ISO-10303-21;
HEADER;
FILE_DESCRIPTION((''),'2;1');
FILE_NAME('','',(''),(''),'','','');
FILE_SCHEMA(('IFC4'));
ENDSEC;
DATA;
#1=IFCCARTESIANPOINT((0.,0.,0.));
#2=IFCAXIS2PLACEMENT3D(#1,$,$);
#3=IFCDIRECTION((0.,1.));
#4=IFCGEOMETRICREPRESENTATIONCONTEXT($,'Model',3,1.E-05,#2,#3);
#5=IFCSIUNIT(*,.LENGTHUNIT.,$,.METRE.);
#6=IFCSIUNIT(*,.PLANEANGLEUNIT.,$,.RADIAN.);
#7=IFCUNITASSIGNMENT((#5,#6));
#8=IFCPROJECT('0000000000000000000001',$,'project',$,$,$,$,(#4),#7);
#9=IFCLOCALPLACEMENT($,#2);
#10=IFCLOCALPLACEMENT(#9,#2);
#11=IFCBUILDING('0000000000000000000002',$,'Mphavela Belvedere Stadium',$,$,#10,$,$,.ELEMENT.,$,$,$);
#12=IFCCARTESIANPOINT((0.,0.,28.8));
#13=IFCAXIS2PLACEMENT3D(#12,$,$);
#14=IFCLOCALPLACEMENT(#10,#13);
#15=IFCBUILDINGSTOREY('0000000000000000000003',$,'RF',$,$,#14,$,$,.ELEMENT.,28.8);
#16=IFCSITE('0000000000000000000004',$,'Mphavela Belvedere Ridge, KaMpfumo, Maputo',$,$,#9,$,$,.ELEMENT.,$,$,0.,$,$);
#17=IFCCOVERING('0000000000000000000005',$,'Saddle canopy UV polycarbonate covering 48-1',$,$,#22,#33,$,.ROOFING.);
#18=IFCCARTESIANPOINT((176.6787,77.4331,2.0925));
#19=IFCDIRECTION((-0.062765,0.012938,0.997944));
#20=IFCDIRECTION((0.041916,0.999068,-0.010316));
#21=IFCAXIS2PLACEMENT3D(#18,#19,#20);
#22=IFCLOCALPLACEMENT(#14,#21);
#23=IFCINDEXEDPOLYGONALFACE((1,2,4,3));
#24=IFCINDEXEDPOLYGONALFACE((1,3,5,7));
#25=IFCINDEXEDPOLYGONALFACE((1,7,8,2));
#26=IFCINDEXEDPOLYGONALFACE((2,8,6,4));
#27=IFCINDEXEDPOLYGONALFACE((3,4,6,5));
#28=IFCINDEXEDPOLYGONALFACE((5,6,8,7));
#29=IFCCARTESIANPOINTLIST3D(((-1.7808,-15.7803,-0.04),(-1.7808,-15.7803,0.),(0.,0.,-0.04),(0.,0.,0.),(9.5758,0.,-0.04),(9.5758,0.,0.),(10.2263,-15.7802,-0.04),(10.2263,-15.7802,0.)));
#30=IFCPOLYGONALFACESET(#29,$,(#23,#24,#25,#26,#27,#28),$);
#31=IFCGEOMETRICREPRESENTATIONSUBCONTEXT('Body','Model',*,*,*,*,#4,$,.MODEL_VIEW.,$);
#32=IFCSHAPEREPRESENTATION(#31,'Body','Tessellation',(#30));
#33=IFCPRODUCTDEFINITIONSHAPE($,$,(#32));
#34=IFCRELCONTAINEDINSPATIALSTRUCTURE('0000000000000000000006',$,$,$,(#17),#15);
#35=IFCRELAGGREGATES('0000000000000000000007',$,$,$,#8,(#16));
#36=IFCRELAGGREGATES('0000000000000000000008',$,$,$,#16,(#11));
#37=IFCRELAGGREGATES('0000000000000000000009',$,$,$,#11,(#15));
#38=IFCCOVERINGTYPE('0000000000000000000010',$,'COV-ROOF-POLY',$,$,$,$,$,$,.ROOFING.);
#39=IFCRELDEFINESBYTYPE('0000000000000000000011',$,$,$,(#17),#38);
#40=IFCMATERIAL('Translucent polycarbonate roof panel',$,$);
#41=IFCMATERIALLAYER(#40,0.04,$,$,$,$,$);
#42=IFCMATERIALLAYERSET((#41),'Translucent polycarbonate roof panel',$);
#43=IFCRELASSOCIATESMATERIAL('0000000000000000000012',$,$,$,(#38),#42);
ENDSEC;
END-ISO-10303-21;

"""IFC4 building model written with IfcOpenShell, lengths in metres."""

from ifc_helpers import new_model, si_unit, direction, frame, origin, place, context, subcontext, project, spatial, polyline, outline, extrude, material, layer, layer_set, type_object, element, save


model = new_model("IFC4")

# Units and contexts
model_context = context("Model", 3, precision=1e-05, world=origin(), true_north=direction((0.0, 1.0)))
body_context = subcontext(model_context, "Body", "Model", "MODEL_VIEW")
ifc_project = project(units=[si_unit("LENGTHUNIT", "METRE"), si_unit("PLANEANGLEUNIT", "RADIAN")], contexts=[model_context])

# Site, building, storey
site_placement = place(None, origin())
site = spatial("IfcSite", under=ifc_project, at=site_placement, Name="Mphavela Belvedere Ridge, KaMpfumo, Maputo", CompositionType="ELEMENT", RefElevation=0.0)
building_placement = place(site_placement, origin())
building = spatial("IfcBuilding", under=site, at=building_placement, Name="Mphavela Belvedere Stadium", CompositionType="ELEMENT")
storey_placement = place(building_placement, frame((0.0, 0.0, 28.8)))
storey = spatial("IfcBuildingStorey", under=building, at=storey_placement, Name="RF", CompositionType="ELEMENT", Elevation=28.8)

# Covering
ifc_material_1 = material(Name="Translucent polycarbonate roof panel")
ifc_layer_1 = layer(ifc_material_1, 0.04)
ifc_layer_set_1 = layer_set([ifc_layer_1], Name="Translucent polycarbonate roof panel")
covering_type = type_object("IfcCoveringType", Name="COV-ROOF-POLY", PredefinedType="ROOFING", material=ifc_layer_set_1)
covering_1_placement = place(storey_placement, frame((176.6787, 77.4331, 2.0925), z_axis=(-0.062765, 0.012938, 0.997944), x_axis=(0.041916, 0.999068, -0.010316)))
element("IfcCovering", 1, at=covering_1_placement, inside=storey, type_object=covering_type, Name="Saddle canopy UV polycarbonate covering 48-1", PredefinedType="ROOFING", context=body_context, shape_type="SweptSolid", body=[
    extrude(outline(polyline([(0.0, 0.0), (9.5758, 0.0), (10.2263, -15.7802), (-1.7808, -15.7803), (0.0, 0.0)])), origin(), (0.0, 0.0, -1.0), 0.04),
])

save(model, "model.ifc")
